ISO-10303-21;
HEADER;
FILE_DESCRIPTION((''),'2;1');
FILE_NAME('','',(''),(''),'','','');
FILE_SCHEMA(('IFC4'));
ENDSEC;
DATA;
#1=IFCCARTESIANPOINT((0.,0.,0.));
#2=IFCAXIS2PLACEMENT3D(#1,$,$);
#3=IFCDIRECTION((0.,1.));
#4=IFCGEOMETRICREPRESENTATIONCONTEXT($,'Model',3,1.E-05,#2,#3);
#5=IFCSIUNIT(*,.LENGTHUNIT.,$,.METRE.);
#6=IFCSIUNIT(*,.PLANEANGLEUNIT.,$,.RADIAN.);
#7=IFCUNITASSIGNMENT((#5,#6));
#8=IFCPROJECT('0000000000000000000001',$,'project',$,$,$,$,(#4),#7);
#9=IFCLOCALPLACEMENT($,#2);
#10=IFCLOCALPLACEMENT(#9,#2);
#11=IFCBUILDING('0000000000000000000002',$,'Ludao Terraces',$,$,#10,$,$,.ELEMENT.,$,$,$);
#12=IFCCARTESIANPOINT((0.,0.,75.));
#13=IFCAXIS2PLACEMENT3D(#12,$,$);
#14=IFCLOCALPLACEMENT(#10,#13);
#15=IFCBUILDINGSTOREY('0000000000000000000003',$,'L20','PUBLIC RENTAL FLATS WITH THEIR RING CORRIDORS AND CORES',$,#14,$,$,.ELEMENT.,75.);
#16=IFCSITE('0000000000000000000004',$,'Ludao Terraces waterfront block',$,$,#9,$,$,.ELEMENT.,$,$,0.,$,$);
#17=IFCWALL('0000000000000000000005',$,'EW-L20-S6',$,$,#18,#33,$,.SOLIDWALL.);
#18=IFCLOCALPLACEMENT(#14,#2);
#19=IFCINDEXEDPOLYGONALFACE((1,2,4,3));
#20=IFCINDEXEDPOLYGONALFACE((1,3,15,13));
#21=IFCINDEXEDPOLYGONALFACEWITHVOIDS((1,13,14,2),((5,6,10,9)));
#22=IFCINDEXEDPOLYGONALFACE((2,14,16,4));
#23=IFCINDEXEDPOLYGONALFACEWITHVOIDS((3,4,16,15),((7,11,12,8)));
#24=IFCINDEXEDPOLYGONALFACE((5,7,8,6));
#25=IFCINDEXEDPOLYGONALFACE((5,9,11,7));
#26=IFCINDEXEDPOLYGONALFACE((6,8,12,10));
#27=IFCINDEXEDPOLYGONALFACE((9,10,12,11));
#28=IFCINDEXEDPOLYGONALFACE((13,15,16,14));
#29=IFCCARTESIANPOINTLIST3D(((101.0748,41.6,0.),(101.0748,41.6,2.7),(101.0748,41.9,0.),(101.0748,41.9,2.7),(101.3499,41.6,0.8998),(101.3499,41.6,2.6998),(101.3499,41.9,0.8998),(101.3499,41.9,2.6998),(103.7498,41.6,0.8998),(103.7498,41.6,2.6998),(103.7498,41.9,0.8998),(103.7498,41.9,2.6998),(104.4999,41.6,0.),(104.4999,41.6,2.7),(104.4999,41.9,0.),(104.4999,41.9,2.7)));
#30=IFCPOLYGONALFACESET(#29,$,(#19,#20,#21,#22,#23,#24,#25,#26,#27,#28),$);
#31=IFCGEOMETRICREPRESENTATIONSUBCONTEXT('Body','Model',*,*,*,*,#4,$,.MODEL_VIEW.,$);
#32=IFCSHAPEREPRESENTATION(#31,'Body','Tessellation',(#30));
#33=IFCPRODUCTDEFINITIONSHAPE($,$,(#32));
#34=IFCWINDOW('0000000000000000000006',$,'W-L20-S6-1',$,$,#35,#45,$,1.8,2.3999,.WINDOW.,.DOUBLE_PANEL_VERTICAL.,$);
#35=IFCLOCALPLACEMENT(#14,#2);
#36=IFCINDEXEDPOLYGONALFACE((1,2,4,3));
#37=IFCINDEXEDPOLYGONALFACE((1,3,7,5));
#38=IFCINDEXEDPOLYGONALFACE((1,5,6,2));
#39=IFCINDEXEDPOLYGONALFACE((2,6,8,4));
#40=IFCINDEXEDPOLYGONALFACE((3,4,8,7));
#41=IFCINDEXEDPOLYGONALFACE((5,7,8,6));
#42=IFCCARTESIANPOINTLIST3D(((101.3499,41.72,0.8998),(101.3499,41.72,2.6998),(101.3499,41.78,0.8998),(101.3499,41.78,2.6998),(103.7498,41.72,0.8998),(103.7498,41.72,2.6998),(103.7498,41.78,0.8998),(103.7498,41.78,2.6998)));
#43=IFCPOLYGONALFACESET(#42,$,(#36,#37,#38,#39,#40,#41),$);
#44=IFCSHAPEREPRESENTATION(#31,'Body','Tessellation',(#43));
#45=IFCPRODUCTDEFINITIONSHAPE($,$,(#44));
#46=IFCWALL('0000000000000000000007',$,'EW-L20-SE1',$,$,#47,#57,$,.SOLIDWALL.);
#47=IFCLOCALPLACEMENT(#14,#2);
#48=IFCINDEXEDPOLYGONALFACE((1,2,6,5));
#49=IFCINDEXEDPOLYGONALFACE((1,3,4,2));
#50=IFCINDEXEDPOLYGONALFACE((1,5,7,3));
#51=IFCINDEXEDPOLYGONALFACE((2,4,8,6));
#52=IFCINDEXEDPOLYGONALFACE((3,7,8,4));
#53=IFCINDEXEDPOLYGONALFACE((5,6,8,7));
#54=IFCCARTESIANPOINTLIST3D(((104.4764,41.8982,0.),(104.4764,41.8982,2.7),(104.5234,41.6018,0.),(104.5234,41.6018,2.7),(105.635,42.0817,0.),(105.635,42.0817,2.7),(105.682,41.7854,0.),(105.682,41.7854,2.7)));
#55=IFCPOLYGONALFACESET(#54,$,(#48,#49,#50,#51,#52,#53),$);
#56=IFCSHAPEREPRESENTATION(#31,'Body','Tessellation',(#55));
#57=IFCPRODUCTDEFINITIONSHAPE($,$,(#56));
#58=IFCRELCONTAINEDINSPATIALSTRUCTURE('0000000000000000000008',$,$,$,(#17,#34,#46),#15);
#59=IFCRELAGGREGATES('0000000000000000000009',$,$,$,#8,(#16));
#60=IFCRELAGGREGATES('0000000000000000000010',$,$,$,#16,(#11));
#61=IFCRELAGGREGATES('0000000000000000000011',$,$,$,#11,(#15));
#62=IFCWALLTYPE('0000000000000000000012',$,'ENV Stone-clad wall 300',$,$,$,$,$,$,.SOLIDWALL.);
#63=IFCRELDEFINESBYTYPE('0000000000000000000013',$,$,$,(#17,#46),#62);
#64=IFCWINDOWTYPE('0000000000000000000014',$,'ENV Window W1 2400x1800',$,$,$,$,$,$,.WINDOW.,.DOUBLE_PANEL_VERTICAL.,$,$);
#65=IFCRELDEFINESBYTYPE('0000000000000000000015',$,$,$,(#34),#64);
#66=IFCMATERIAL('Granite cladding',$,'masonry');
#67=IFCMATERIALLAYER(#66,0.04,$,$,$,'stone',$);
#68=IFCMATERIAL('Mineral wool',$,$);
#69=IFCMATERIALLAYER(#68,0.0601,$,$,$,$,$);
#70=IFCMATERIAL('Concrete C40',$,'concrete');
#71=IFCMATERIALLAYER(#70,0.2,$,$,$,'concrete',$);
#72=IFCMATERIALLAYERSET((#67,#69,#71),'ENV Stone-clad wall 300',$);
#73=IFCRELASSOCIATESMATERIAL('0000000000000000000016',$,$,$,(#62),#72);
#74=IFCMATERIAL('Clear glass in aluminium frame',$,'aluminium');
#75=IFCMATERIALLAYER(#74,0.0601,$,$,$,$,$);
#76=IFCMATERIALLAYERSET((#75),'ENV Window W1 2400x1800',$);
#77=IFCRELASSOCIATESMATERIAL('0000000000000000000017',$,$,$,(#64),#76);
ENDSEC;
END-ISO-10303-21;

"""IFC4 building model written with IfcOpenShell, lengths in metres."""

from ifc_helpers import new_model, si_unit, direction, frame, frame_2d, origin, place, context, subcontext, project, spatial, rectangle, extrude, material, layer, layer_set, type_object, element, fill, save


model = new_model("IFC4")

# Units and contexts
model_context = context("Model", 3, precision=1e-05, world=origin(), true_north=direction((0.0, 1.0)))
body_context = subcontext(model_context, "Body", "Model", "MODEL_VIEW")
ifc_project = project(units=[si_unit("LENGTHUNIT", "METRE"), si_unit("PLANEANGLEUNIT", "RADIAN")], contexts=[model_context])

# Site, building, storey
site_placement = place(None, origin())
site = spatial("IfcSite", under=ifc_project, at=site_placement, Name="Ludao Terraces waterfront block", CompositionType="ELEMENT", RefElevation=0.0)
building_placement = place(site_placement, origin())
building = spatial("IfcBuilding", under=site, at=building_placement, Name="Ludao Terraces", CompositionType="ELEMENT")
storey_placement = place(building_placement, frame((0.0, 0.0, 75.0)))
storey = spatial("IfcBuildingStorey", under=building, at=storey_placement, Name="L20", Description="PUBLIC RENTAL FLATS WITH THEIR RING CORRIDORS AND CORES", CompositionType="ELEMENT", Elevation=75.0)

# Wall, opening, window
ifc_material_1 = material(Name="Granite cladding", Category="masonry")
ifc_layer_1 = layer(ifc_material_1, 0.04, Category="stone")
ifc_material_2 = material(Name="Mineral wool")
ifc_layer_2 = layer(ifc_material_2, 0.0601)
ifc_material_3 = material(Name="Concrete C40", Category="concrete")
ifc_layer_3 = layer(ifc_material_3, 0.2, Category="concrete")
ifc_layer_set_1 = layer_set([ifc_layer_1, ifc_layer_2, ifc_layer_3], Name="ENV Stone-clad wall 300")
wall_type_1 = type_object("IfcWallType", Name="ENV Stone-clad wall 300", PredefinedType="SOLIDWALL", material=ifc_layer_set_1)
wall_1_placement = place(storey_placement, frame((101.075, 41.75, 0.0), z_axis=(0.0, 0.0, 1.0), x_axis=(1.0, 0.0, 0.0)))
wall_1 = element("IfcWall", 1, at=wall_1_placement, inside=storey, type_object=wall_type_1, Name="EW-L20-S6", PredefinedType="SOLIDWALL", context=body_context, shape_type="SweptSolid", body=[
    extrude(rectangle(XDim=3.425, YDim=0.3, at=frame_2d((1.7124, 0.0))), origin(), (0.0, 0.0, 1.0), 2.7),
])
opening_1_placement = place(wall_1_placement, frame((0.2749, 0.0, 0.8999)))
opening_1 = element("IfcOpeningElement", 2, at=opening_1_placement, cuts=wall_1, PredefinedType="OPENING", context=body_context, shape_type="SweptSolid", body=[
    extrude(rectangle(XDim=2.3999, YDim=1.8, at=frame_2d((1.2, 0.8999))), frame((0.0, 0.1602, 0.0), z_axis=(0.0, -1.0, 0.0), x_axis=(1.0, 0.0, 0.0)), (0.0, 0.0, 1.0), 0.3201),
])
ifc_material_4 = material(Name="Clear glass in aluminium frame", Category="aluminium")
ifc_layer_4 = layer(ifc_material_4, 0.0601)
ifc_layer_set_2 = layer_set([ifc_layer_4], Name="ENV Window W1 2400x1800")
window_type = type_object("IfcWindowType", Name="ENV Window W1 2400x1800", PartitioningType="DOUBLE_PANEL_VERTICAL", PredefinedType="WINDOW", material=ifc_layer_set_2)
window_placement = place(opening_1_placement, origin())
window = element("IfcWindow", 3, at=window_placement, inside=storey, type_object=window_type, Name="W-L20-S6-1", OverallHeight=1.8, OverallWidth=2.3999, PartitioningType="DOUBLE_PANEL_VERTICAL", PredefinedType="WINDOW", context=body_context, shape_type="SweptSolid", body=[
    extrude(rectangle(XDim=2.3999, YDim=1.8, at=frame_2d((1.2, 0.8999))), frame((0.0, 0.03, 0.0), z_axis=(0.0, -1.0, 0.0), x_axis=(1.0, 0.0, 0.0)), (0.0, 0.0, 1.0), 0.0601),
])
fill(opening_1, window)

# Wall
wall_2_placement = place(storey_placement, frame((104.5, 41.75, 0.0), z_axis=(0.0, 0.0, 1.0), x_axis=(0.987678, 0.156497, 0.0)))
element("IfcWall", 4, at=wall_2_placement, inside=storey, type_object=wall_type_1, Name="EW-L20-SE1", PredefinedType="SOLIDWALL", context=body_context, shape_type="SweptSolid", body=[
    extrude(rectangle(XDim=1.1731, YDim=0.3, at=frame_2d((0.5864, 0.0))), origin(), (0.0, 0.0, 1.0), 2.7),
])

save(model, "model.ifc")
